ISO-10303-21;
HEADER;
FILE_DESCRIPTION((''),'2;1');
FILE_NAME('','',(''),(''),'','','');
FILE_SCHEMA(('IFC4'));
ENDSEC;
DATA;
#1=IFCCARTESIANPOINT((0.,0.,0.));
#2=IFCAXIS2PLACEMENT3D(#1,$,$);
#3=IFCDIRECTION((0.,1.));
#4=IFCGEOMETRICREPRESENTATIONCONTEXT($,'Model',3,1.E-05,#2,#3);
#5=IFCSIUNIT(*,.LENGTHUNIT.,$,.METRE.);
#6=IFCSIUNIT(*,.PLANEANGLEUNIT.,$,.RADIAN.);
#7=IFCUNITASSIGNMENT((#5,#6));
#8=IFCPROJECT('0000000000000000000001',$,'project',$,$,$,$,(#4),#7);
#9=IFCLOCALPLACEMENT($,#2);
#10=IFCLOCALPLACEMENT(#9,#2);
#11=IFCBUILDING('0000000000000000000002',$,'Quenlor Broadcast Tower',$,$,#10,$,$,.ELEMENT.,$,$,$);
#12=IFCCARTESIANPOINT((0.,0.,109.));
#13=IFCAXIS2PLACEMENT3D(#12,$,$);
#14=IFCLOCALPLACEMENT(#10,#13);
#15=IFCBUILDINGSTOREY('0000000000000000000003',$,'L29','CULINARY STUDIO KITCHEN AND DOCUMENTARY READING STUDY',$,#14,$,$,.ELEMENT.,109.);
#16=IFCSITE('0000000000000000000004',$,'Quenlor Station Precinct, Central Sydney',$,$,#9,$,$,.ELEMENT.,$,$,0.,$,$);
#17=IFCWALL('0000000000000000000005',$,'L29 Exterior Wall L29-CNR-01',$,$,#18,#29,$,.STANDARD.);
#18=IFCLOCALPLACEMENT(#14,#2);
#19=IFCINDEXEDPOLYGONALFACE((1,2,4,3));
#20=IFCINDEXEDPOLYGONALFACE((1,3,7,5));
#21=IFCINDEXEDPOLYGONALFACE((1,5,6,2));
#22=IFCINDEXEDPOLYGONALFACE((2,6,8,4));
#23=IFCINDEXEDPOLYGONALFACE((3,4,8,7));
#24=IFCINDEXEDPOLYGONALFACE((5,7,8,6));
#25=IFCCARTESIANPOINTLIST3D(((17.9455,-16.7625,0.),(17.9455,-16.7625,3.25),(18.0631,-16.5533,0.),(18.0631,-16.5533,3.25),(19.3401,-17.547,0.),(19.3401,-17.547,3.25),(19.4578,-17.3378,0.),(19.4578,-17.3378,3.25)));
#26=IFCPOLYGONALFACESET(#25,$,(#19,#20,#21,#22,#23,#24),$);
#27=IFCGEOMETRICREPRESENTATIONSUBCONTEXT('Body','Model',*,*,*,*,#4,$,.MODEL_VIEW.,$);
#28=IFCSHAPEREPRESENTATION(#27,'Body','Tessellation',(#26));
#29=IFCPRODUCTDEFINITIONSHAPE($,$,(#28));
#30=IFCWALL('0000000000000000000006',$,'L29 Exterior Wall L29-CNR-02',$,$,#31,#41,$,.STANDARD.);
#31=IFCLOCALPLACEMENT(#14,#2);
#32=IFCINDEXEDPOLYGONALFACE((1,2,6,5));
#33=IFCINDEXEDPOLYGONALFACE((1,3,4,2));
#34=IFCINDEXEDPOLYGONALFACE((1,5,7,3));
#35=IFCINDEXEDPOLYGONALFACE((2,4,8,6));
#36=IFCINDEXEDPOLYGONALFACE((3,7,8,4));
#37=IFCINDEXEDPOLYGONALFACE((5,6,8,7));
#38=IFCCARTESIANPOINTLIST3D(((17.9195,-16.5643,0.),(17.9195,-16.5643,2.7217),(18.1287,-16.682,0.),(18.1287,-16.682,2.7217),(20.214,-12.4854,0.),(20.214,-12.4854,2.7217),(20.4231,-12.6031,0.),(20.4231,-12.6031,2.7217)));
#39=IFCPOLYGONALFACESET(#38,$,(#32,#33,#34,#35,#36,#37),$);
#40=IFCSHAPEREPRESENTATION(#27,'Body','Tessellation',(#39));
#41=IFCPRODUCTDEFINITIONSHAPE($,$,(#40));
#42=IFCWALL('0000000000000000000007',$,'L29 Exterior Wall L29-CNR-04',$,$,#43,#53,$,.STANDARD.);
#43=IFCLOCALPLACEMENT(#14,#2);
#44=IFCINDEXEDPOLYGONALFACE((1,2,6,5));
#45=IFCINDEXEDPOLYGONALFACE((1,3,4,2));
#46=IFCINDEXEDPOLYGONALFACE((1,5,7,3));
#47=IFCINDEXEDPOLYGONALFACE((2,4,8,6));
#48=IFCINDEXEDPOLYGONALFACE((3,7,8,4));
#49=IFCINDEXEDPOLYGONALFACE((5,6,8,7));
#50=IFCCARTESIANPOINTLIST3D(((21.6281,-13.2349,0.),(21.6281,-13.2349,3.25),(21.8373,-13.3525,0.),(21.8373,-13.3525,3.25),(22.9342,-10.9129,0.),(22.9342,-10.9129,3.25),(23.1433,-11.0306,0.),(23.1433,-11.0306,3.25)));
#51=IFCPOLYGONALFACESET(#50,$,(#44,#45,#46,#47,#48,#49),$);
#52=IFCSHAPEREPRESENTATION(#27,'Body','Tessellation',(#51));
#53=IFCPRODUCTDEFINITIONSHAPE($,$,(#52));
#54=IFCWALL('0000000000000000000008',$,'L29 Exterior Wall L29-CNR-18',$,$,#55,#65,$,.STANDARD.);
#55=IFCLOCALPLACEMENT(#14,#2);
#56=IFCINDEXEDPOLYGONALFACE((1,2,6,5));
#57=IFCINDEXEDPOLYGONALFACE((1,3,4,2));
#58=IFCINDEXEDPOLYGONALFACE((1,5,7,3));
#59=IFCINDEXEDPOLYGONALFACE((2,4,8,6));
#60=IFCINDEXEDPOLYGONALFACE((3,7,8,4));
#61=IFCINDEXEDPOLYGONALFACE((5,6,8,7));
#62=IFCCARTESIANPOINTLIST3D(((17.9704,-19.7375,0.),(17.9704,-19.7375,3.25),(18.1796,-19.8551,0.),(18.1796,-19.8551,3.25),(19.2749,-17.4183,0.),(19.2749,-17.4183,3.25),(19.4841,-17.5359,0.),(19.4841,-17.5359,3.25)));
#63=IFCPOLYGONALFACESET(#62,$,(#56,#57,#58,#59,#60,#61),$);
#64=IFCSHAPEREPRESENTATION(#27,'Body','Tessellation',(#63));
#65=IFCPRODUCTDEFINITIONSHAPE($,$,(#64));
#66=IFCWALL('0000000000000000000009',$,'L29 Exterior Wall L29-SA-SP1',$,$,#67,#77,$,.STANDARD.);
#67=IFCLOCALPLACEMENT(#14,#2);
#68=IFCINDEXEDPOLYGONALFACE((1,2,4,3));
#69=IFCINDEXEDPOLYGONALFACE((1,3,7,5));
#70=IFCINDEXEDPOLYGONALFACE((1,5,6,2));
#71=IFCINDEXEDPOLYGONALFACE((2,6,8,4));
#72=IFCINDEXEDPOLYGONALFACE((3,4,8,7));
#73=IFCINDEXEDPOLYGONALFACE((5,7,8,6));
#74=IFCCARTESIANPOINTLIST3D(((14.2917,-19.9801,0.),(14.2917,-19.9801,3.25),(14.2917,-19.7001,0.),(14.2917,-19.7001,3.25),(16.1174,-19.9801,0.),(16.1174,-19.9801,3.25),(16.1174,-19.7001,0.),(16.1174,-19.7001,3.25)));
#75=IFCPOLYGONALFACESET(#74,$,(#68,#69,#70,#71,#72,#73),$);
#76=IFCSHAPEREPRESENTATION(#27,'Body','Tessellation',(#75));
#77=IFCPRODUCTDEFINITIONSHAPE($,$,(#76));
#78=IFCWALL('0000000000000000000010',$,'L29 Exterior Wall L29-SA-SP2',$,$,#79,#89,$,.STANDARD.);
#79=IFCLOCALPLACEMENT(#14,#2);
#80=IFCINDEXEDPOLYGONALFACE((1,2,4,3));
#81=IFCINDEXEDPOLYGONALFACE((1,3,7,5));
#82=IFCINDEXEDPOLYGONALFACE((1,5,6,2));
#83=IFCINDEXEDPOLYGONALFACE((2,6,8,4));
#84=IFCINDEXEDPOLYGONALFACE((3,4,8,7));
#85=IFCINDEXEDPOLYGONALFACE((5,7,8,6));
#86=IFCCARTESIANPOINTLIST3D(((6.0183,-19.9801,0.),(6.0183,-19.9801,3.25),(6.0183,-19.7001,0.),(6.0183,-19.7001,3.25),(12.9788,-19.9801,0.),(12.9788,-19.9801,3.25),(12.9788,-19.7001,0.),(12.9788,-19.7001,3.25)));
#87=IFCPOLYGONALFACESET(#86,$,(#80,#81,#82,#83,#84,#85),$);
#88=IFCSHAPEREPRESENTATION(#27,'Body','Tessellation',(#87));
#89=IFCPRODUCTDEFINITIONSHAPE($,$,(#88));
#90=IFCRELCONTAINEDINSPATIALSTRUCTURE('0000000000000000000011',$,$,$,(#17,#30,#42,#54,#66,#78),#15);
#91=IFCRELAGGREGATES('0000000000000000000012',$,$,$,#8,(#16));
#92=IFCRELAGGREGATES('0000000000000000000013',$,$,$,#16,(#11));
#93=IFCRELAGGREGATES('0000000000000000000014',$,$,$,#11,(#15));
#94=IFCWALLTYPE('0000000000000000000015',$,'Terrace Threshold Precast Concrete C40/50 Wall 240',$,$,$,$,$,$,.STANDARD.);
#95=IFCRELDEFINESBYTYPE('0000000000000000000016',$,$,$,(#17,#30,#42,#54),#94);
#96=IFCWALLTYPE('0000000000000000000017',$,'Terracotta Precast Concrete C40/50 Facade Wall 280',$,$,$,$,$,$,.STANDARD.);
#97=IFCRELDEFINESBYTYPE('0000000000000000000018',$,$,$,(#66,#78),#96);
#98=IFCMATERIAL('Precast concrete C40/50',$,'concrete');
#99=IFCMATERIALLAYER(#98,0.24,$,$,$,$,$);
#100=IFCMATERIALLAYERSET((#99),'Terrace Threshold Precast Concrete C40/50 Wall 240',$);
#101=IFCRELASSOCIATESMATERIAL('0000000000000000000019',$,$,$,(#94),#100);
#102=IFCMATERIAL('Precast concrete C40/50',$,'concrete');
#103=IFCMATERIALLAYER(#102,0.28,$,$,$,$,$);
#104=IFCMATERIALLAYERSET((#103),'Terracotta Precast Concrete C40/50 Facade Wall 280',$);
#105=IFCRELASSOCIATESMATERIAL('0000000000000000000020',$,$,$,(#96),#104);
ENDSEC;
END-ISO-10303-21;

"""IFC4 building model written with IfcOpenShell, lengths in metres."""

from ifc_helpers import new_model, si_unit, direction, frame, frame_2d, origin, place, context, subcontext, project, spatial, rectangle, extrude, material, layer, layer_set, type_object, element, save


model = new_model("IFC4")

# Units and contexts
model_context = context("Model", 3, precision=1e-05, world=origin(), true_north=direction((0.0, 1.0)))
body_context = subcontext(model_context, "Body", "Model", "MODEL_VIEW")
ifc_project = project(units=[si_unit("LENGTHUNIT", "METRE"), si_unit("PLANEANGLEUNIT", "RADIAN")], contexts=[model_context])

# Site, building, storey
site_placement = place(None, origin())
site = spatial("IfcSite", under=ifc_project, at=site_placement, Name="Quenlor Station Precinct, Central Sydney", CompositionType="ELEMENT", RefElevation=0.0)
building_placement = place(site_placement, origin())
building = spatial("IfcBuilding", under=site, at=building_placement, Name="Quenlor Broadcast Tower", CompositionType="ELEMENT")
storey_placement = place(building_placement, frame((0.0, 0.0, 109.0)))
storey = spatial("IfcBuildingStorey", under=building, at=storey_placement, Name="L29", Description="CULINARY STUDIO KITCHEN AND DOCUMENTARY READING STUDY", CompositionType="ELEMENT", Elevation=109.0)

# Walls
ifc_material_1 = material(Name="Precast concrete C40/50", Category="concrete")
ifc_layer_1 = layer(ifc_material_1, 0.24)
ifc_layer_set_1 = layer_set([ifc_layer_1], Name="Terrace Threshold Precast Concrete C40/50 Wall 240")
wall_type_1 = type_object("IfcWallType", Name="Terrace Threshold Precast Concrete C40/50 Wall 240", PredefinedType="STANDARD", material=ifc_layer_set_1)
wall_1_placement = place(storey_placement, frame((19.3989, -17.4424, 0.0), z_axis=(0.0, 0.0, 1.0), x_axis=(-0.871576, 0.490261, 0.0)))
element("IfcWall", 1, at=wall_1_placement, inside=storey, type_object=wall_type_1, Name="L29 Exterior Wall L29-CNR-01", PredefinedType="STANDARD", context=body_context, shape_type="SweptSolid", body=[
    extrude(rectangle(XDim=1.6001, YDim=0.24, at=frame_2d((0.8, 0.0))), origin(), (0.0, 0.0, 1.0), 3.25),
])
wall_2_placement = place(storey_placement, frame((18.0242, -16.623, 0.0), z_axis=(0.0, 0.0, 1.0), x_axis=(0.490274, 0.871569, 0.0)))
element("IfcWall", 2, at=wall_2_placement, inside=storey, type_object=wall_type_1, Name="L29 Exterior Wall L29-CNR-02", PredefinedType="STANDARD", context=body_context, shape_type="SweptSolid", body=[
    extrude(rectangle(XDim=4.6799, YDim=0.24, at=frame_2d((2.3398, 0.0))), origin(), (0.0, 0.0, 1.0), 2.7217),
])
wall_3_placement = place(storey_placement, frame((21.7327, -13.2937, 0.0), z_axis=(0.0, 0.0, 1.0), x_axis=(0.490266, 0.871573, 0.0)))
element("IfcWall", 3, at=wall_3_placement, inside=storey, type_object=wall_type_1, Name="L29 Exterior Wall L29-CNR-04", PredefinedType="STANDARD", context=body_context, shape_type="SweptSolid", body=[
    extrude(rectangle(XDim=2.6641, YDim=0.24, at=frame_2d((1.332, 0.0))), origin(), (0.0, 0.0, 1.0), 3.25),
])
wall_4_placement = place(storey_placement, frame((18.075, -19.7964, 0.0), z_axis=(0.0, 0.0, 1.0), x_axis=(0.490248, 0.871583, 0.0)))
element("IfcWall", 4, at=wall_4_placement, inside=storey, type_object=wall_type_1, Name="L29 Exterior Wall L29-CNR-18", PredefinedType="STANDARD", context=body_context, shape_type="SweptSolid", body=[
    extrude(rectangle(XDim=2.6609, YDim=0.24, at=frame_2d((1.3306, 0.0))), origin(), (0.0, 0.0, 1.0), 3.25),
])
ifc_material_2 = material(Name="Precast concrete C40/50", Category="concrete")
ifc_layer_2 = layer(ifc_material_2, 0.28)
ifc_layer_set_2 = layer_set([ifc_layer_2], Name="Terracotta Precast Concrete C40/50 Facade Wall 280")
wall_type_2 = type_object("IfcWallType", Name="Terracotta Precast Concrete C40/50 Facade Wall 280", PredefinedType="STANDARD", material=ifc_layer_set_2)
wall_5_placement = place(storey_placement, frame((16.1174, -19.8401, 0.0), z_axis=(0.0, 0.0, 1.0), x_axis=(-1.0, 0.0, 0.0)))
element("IfcWall", 5, at=wall_5_placement, inside=storey, type_object=wall_type_2, Name="L29 Exterior Wall L29-SA-SP1", PredefinedType="STANDARD", context=body_context, shape_type="SweptSolid", body=[
    extrude(rectangle(XDim=1.8257, YDim=0.28, at=frame_2d((0.9128, 0.0))), origin(), (0.0, 0.0, 1.0), 3.25),
])
wall_6_placement = place(storey_placement, frame((12.9788, -19.8401, 0.0), z_axis=(0.0, 0.0, 1.0), x_axis=(-1.0, 0.0, 0.0)))
element("IfcWall", 6, at=wall_6_placement, inside=storey, type_object=wall_type_2, Name="L29 Exterior Wall L29-SA-SP2", PredefinedType="STANDARD", context=body_context, shape_type="SweptSolid", body=[
    extrude(rectangle(XDim=6.9604, YDim=0.28, at=frame_2d((3.4802, 0.0))), origin(), (0.0, 0.0, 1.0), 3.25),
])

save(model, "model.ifc")
